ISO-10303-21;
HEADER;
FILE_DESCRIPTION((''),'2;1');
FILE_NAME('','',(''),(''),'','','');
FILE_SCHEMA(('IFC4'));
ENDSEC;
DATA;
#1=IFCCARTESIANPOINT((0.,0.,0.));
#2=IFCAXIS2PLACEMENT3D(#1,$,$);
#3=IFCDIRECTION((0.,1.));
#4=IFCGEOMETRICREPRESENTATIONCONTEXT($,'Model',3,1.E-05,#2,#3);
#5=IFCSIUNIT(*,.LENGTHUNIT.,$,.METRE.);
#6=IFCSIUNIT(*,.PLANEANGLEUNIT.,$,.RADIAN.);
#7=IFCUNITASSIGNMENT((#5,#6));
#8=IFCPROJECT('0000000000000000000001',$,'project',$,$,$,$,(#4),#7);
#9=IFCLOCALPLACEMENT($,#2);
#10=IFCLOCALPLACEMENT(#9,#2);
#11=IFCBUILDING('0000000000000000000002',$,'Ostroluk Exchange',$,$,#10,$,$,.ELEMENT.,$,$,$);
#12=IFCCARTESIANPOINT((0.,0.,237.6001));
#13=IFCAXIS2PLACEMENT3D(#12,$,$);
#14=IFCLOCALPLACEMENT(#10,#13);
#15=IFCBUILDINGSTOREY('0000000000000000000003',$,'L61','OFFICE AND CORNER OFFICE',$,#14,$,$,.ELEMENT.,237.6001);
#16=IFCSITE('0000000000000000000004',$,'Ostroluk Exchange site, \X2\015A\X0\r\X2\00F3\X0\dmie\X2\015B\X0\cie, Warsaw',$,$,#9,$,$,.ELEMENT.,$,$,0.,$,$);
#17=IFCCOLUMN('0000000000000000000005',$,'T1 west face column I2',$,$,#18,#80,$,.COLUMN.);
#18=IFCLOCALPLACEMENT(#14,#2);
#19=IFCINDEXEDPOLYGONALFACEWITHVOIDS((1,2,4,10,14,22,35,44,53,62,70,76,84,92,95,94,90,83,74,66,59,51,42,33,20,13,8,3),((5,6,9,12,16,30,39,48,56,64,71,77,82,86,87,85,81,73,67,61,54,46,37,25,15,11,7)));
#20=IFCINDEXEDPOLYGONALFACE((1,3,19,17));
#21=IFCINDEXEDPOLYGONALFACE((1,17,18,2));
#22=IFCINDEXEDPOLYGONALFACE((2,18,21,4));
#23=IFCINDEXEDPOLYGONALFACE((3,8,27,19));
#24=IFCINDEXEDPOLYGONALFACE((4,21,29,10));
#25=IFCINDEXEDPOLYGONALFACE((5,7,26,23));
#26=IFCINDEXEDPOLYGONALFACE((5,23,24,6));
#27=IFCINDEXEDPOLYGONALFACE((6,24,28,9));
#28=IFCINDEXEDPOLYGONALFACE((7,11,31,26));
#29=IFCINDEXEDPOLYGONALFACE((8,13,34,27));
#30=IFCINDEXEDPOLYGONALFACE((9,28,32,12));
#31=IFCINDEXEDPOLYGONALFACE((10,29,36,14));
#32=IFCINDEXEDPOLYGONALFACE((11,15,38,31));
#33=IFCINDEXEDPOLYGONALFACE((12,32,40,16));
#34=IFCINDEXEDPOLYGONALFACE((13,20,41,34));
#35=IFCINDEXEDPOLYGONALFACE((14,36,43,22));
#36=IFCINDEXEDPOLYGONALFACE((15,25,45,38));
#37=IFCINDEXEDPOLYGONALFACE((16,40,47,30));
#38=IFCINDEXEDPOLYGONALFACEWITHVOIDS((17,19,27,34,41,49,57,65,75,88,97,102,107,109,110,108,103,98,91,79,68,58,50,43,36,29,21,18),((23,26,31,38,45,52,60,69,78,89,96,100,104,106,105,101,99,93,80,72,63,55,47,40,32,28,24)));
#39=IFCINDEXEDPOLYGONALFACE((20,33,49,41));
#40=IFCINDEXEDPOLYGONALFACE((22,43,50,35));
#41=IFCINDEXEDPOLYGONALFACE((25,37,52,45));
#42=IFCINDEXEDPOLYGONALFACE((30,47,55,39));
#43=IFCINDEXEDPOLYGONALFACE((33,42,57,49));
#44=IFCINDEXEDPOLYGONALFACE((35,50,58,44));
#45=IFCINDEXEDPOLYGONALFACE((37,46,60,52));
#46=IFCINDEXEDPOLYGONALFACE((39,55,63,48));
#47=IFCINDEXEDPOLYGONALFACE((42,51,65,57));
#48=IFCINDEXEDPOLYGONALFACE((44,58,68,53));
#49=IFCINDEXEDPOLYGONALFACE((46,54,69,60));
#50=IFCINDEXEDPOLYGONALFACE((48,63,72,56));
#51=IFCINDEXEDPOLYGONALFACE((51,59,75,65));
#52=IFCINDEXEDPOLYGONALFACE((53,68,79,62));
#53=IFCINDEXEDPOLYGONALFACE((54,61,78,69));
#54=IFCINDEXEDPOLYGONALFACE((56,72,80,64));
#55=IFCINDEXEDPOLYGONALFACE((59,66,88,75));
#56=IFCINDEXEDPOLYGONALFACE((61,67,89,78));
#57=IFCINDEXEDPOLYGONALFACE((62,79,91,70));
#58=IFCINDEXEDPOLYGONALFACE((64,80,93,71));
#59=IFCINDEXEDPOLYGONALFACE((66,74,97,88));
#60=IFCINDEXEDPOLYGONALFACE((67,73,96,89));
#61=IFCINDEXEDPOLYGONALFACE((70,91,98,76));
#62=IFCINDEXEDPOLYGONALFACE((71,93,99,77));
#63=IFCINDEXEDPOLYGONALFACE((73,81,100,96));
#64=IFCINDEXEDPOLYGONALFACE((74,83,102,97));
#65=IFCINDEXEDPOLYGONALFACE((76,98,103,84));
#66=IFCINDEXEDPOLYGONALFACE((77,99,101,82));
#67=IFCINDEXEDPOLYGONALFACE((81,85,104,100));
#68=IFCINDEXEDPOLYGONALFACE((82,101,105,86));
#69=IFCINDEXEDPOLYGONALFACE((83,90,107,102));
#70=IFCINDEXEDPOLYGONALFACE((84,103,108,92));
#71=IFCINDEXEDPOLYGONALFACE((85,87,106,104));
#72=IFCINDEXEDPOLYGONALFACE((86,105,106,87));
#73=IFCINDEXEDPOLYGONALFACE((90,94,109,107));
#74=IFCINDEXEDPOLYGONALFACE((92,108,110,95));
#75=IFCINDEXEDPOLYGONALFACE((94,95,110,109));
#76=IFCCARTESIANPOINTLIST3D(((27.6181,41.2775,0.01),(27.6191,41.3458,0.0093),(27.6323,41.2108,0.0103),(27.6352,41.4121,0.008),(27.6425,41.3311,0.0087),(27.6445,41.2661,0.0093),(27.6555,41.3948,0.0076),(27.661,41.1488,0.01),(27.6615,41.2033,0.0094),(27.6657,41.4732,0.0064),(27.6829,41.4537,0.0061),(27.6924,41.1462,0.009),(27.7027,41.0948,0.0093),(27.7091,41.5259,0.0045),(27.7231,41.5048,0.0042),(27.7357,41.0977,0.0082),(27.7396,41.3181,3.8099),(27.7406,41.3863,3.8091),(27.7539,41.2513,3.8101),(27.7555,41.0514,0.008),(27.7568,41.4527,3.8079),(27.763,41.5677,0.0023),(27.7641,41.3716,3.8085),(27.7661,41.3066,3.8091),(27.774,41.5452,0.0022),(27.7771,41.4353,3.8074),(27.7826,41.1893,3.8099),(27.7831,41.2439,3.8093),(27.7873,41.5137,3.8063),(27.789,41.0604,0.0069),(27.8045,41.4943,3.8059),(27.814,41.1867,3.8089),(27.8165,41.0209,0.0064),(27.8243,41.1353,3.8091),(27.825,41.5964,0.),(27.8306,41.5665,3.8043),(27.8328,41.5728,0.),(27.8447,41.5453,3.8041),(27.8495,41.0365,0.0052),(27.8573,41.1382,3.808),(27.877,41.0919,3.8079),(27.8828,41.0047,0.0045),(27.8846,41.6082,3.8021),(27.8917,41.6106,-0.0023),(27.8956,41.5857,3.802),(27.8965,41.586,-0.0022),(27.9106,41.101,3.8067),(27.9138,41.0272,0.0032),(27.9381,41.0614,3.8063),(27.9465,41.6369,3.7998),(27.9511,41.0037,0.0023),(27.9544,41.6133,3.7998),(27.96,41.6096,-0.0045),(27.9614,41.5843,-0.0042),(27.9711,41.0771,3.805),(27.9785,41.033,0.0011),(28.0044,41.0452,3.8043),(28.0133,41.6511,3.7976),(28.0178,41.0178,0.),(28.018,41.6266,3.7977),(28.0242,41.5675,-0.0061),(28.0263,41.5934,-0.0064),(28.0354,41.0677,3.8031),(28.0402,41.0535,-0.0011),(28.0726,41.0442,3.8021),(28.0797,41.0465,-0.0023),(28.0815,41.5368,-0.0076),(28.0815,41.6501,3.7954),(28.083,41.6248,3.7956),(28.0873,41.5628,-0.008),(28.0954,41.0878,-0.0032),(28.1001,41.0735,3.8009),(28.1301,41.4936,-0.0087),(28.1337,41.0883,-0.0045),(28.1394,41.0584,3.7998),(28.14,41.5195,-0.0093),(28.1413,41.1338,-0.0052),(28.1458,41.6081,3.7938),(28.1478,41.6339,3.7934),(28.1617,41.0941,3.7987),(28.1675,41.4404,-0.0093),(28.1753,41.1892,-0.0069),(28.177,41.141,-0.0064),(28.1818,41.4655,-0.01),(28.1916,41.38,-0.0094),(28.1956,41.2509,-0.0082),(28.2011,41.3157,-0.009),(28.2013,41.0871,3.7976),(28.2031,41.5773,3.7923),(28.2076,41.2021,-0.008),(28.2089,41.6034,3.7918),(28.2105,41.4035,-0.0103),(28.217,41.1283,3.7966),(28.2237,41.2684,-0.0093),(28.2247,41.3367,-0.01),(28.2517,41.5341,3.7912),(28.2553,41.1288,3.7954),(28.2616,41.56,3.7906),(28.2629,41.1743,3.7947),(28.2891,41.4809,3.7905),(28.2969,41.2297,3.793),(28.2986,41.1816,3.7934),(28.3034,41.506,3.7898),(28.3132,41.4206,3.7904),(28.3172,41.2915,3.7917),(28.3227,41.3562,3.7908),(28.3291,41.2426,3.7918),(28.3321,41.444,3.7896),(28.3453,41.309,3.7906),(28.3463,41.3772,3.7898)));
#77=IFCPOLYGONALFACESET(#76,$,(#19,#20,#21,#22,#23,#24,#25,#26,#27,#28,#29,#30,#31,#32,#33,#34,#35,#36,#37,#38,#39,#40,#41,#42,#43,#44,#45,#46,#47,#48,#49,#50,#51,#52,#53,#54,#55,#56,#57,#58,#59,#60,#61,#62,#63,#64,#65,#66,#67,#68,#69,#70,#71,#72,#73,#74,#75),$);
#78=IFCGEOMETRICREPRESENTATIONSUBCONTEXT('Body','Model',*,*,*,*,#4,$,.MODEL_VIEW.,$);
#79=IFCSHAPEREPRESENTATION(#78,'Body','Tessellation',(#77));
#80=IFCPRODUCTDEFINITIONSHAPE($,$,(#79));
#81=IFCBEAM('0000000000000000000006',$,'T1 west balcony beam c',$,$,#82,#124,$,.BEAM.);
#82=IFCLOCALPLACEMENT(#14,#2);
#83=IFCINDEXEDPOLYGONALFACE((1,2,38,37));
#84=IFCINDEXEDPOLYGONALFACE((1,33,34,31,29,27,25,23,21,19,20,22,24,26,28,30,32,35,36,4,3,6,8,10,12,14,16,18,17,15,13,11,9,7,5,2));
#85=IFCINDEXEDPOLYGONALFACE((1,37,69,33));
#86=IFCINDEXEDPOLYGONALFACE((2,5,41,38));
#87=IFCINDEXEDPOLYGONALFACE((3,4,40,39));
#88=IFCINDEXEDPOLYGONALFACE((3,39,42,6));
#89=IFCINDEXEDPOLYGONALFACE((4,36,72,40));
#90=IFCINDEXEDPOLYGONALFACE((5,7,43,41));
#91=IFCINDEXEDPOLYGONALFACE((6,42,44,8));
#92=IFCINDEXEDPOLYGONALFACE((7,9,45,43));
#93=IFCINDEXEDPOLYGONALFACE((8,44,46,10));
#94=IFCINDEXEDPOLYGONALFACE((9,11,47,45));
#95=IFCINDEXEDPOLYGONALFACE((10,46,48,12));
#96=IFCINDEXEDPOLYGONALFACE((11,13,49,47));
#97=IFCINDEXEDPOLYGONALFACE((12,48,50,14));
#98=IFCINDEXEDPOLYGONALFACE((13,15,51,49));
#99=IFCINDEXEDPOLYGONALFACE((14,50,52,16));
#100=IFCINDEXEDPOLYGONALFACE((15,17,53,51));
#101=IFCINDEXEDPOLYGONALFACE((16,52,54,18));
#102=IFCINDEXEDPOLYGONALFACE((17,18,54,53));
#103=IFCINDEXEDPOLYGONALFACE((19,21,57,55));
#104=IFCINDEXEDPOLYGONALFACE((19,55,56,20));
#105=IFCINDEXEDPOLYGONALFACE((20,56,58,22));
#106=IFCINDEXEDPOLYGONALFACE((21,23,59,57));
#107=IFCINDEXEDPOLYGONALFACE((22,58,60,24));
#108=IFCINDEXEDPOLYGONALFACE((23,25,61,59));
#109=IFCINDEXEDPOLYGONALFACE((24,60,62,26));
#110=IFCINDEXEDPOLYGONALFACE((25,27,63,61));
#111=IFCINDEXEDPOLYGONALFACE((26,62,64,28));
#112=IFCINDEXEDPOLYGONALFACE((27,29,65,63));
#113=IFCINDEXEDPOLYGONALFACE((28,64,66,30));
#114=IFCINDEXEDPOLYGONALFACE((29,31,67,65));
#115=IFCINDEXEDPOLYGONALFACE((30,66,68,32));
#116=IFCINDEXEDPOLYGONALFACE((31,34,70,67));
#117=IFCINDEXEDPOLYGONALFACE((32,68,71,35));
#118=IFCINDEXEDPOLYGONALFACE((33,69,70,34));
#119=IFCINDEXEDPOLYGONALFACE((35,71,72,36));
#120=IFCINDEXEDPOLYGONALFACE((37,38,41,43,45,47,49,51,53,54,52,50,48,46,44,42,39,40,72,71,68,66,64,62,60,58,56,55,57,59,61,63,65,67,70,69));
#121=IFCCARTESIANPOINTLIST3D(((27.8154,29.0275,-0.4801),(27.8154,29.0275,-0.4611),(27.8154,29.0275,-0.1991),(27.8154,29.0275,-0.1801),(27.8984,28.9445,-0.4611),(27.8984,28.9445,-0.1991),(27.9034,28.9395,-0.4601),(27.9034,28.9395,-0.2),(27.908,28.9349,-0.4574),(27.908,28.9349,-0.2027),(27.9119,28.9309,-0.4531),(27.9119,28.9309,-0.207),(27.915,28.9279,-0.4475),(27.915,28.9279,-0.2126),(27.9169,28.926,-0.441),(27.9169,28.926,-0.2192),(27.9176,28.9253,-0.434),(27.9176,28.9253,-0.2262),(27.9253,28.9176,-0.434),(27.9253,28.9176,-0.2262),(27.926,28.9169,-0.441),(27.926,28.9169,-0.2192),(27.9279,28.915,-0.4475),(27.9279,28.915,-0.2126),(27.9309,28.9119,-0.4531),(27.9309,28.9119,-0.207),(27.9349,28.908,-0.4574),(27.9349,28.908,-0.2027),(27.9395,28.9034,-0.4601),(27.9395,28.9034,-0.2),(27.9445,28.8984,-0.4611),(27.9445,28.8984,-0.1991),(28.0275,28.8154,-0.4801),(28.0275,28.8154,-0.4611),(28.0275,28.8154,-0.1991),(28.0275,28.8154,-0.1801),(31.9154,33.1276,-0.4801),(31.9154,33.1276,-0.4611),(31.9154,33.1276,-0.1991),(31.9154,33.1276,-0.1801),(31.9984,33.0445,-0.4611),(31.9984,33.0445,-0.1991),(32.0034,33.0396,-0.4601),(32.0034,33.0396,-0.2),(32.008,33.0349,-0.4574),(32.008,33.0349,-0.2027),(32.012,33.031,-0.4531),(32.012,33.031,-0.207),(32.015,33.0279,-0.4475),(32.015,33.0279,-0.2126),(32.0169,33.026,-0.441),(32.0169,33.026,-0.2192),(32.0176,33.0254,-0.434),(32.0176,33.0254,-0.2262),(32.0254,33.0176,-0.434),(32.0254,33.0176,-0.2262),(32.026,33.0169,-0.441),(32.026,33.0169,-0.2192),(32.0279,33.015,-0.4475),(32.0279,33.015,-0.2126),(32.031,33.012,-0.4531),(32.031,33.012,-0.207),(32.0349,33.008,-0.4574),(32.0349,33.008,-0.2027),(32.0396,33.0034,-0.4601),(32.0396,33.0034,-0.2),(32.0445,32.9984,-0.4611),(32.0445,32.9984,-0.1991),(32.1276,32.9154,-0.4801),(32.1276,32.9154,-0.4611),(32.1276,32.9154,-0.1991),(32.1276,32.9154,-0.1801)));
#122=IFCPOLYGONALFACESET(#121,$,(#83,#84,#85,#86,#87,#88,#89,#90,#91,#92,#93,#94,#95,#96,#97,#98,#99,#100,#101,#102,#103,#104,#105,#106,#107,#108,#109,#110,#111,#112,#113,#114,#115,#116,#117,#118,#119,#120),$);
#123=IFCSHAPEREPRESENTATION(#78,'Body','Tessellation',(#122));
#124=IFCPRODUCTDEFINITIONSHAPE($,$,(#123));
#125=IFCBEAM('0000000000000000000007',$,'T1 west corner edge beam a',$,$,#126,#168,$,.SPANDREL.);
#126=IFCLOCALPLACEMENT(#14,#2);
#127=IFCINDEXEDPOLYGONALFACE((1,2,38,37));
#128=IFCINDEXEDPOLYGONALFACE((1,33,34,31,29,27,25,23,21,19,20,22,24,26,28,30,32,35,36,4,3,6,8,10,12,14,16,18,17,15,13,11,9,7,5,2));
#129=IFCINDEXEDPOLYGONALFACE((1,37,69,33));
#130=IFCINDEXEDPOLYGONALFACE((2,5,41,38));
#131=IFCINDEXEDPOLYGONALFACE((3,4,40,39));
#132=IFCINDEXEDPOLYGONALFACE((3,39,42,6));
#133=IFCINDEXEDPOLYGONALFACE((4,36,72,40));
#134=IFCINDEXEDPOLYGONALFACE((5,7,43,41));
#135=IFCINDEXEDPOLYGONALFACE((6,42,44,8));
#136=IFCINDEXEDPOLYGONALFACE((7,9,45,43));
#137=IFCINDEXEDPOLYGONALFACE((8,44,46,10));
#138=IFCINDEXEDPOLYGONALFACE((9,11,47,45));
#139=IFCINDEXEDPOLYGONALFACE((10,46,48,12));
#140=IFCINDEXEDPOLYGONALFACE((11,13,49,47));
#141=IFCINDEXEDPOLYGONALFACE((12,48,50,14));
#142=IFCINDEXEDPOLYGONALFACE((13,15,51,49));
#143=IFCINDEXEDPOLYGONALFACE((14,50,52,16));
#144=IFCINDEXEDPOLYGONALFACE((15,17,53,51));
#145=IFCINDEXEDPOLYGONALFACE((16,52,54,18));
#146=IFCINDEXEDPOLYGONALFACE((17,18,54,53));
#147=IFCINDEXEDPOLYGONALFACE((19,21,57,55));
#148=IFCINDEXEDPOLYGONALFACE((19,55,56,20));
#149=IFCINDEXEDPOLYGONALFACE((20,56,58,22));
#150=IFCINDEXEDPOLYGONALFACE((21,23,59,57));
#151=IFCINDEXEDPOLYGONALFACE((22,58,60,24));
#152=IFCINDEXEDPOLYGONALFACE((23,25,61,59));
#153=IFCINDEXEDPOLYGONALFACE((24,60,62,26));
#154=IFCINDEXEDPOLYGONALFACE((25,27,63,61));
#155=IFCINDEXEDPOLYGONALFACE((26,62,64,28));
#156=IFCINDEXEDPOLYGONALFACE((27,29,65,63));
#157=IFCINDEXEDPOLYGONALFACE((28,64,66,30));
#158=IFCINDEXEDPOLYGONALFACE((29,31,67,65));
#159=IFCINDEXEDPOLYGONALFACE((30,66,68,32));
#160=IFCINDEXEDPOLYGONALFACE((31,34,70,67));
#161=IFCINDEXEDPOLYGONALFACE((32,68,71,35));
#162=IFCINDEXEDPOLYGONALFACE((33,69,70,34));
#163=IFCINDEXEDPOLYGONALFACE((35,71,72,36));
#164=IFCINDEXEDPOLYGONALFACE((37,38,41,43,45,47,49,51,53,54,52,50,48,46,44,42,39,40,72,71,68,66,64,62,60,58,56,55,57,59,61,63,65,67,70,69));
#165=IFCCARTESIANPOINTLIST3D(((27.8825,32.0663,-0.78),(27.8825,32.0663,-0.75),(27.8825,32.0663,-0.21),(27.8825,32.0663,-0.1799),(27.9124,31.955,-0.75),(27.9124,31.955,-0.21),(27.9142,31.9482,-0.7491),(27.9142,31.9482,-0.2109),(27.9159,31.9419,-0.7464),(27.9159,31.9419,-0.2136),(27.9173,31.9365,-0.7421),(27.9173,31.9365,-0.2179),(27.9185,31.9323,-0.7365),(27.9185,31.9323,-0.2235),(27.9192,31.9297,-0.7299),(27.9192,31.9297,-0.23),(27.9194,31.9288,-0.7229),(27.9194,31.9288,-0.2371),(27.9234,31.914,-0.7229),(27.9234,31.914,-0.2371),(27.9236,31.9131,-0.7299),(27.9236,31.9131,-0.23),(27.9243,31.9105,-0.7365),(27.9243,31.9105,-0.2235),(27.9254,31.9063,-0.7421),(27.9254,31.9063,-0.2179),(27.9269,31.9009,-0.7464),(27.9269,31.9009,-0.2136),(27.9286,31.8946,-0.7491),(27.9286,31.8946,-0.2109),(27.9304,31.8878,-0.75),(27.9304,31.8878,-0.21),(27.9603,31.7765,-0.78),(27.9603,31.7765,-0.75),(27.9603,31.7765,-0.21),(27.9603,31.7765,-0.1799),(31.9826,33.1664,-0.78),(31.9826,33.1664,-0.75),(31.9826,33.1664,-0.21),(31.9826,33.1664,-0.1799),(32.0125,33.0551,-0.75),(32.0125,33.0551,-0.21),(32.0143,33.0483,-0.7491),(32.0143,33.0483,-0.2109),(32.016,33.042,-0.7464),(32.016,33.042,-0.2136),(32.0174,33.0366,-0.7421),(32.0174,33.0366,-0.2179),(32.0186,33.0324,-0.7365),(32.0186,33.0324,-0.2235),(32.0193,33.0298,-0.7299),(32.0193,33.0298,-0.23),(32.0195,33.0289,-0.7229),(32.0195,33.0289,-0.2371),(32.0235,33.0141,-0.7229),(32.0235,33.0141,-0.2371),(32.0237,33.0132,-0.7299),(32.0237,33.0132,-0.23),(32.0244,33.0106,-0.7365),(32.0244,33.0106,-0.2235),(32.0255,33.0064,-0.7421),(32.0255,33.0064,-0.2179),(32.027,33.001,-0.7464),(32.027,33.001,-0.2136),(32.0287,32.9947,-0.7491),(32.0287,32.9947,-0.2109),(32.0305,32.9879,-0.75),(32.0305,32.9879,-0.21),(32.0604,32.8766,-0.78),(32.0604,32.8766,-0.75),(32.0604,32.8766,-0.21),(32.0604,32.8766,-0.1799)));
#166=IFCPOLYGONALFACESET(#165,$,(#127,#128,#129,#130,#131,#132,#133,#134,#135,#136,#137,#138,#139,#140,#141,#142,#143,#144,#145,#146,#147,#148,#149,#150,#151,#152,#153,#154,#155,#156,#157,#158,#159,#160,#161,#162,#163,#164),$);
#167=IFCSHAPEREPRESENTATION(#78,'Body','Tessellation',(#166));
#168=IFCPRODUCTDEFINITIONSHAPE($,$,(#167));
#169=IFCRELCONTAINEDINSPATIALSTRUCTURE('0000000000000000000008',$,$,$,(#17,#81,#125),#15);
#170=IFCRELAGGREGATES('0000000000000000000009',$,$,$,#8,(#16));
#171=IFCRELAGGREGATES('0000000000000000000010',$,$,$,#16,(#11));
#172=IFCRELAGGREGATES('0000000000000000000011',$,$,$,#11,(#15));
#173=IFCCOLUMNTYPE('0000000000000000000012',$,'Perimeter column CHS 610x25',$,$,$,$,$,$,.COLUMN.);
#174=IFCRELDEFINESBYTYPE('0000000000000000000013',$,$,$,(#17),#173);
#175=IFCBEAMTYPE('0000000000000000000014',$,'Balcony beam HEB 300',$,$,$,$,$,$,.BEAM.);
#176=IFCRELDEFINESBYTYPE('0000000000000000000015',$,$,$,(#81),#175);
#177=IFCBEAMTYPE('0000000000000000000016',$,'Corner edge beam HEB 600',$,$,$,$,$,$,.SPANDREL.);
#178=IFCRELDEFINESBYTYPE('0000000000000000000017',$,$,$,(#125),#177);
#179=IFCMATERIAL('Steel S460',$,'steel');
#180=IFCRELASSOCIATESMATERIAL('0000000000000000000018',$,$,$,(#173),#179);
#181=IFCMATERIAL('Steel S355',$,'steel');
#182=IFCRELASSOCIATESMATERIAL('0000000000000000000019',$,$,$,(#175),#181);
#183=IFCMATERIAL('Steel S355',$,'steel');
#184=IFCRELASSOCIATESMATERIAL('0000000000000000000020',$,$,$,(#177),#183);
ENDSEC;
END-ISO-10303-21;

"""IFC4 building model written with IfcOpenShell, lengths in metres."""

from ifc_helpers import new_model, si_unit, direction, frame, origin, origin_2d, place, context, subcontext, project, spatial, hollow_circle, i_section, extrude, material, material_profile, profile_set, type_object, element, save


model = new_model("IFC4")

# Units and contexts
model_context = context("Model", 3, precision=1e-05, world=origin(), true_north=direction((0.0, 1.0)))
body_context = subcontext(model_context, "Body", "Model", "MODEL_VIEW")
ifc_project = project(units=[si_unit("LENGTHUNIT", "METRE"), si_unit("PLANEANGLEUNIT", "RADIAN")], contexts=[model_context])

# Site, building, storey
site_placement = place(None, origin())
site = spatial("IfcSite", under=ifc_project, at=site_placement, Name="Ostroluk Exchange site, Śródmieście, Warsaw", CompositionType="ELEMENT", RefElevation=0.0)
building_placement = place(site_placement, origin())
building = spatial("IfcBuilding", under=site, at=building_placement, Name="Ostroluk Exchange", CompositionType="ELEMENT")
storey_placement = place(building_placement, frame((0.0, 0.0, 237.6001)))
storey = spatial("IfcBuildingStorey", under=building, at=storey_placement, Name="L61", Description="OFFICE AND CORNER OFFICE", CompositionType="ELEMENT", Elevation=237.6001)

# Column
ifc_material_1 = material(Name="Steel S460", Category="steel")
ifc_material_profile_1 = material_profile(ifc_material_1, hollow_circle(Radius=0.3049, WallThickness=0.0249, at=origin_2d()), Name="CHS 610x25")
ifc_profile_set_1 = profile_set([ifc_material_profile_1], Name="Steel S460")
column_type = type_object("IfcColumnType", Name="Perimeter column CHS 610x25", PredefinedType="COLUMN", material=ifc_profile_set_1)
column_placement = place(storey_placement, frame((27.9214, 41.3071, 0.0), z_axis=(0.031979, 0.01066, 0.999432), x_axis=(-0.316228, 0.948683, 0.0)))
element("IfcColumn", 1, at=column_placement, inside=storey, type_object=column_type, Name="T1 west face column I2", PredefinedType="COLUMN", context=body_context, shape_type="SweptSolid", body=[
    extrude(hollow_circle(Radius=0.3049, WallThickness=0.0249, at=origin_2d()), origin(), (0.0, 0.0, 1.0), 3.802),
])

# Beams
ifc_material_2 = material(Name="Steel S355", Category="steel")
ifc_material_profile_2 = material_profile(ifc_material_2, i_section(OverallWidth=0.3, OverallDepth=0.3, WebThickness=0.011, FlangeThickness=0.019, FilletRadius=0.0271, at=origin_2d()), Name="HEB 300")
ifc_profile_set_2 = profile_set([ifc_material_profile_2], Name="Steel S355")
beam_type_1 = type_object("IfcBeamType", Name="Balcony beam HEB 300", PredefinedType="BEAM", material=ifc_profile_set_2)
beam_1_placement = place(storey_placement, frame((32.0215, 33.0215, -0.3301), z_axis=(-0.707107, -0.707107, 0.0), x_axis=(0.707107, -0.707107, 0.0)))
element("IfcBeam", 2, at=beam_1_placement, inside=storey, type_object=beam_type_1, Name="T1 west balcony beam c", PredefinedType="BEAM", context=body_context, shape_type="SweptSolid", body=[
    extrude(i_section(OverallWidth=0.3, OverallDepth=0.3, WebThickness=0.011, FlangeThickness=0.019, FilletRadius=0.0271, at=origin_2d()), origin(), (0.0, 0.0, 1.0), 5.7983),
])
ifc_material_3 = material(Name="Steel S355", Category="steel")
ifc_material_profile_3 = material_profile(ifc_material_3, i_section(OverallWidth=0.3, OverallDepth=0.6001, WebThickness=0.0154, FlangeThickness=0.03, FilletRadius=0.0271, at=origin_2d()), Name="HEB 600")
ifc_profile_set_3 = profile_set([ifc_material_profile_3], Name="Steel S355")
beam_type_2 = type_object("IfcBeamType", Name="Corner edge beam HEB 600", PredefinedType="SPANDREL", material=ifc_profile_set_3)
for number, where, z_axis, x_axis, name in (
    (3, (32.0215, 33.0215, -0.48), (-0.965839, -0.259144, 0.0), (0.259144, -0.965839, 0.0), "T1 west corner edge beam a"),
):
    element("IfcBeam", number, at=place(storey_placement, frame(where, z_axis=z_axis, x_axis=x_axis)), inside=storey, type_object=beam_type_2, Name=name, PredefinedType="SPANDREL", context=body_context, shape_type="SweptSolid", body=[
        extrude(i_section(OverallWidth=0.3, OverallDepth=0.6001, WebThickness=0.0154, FlangeThickness=0.03, FilletRadius=0.0271, at=origin_2d()), origin(), (0.0, 0.0, 1.0), 4.2451),
    ])

save(model, "model.ifc")
